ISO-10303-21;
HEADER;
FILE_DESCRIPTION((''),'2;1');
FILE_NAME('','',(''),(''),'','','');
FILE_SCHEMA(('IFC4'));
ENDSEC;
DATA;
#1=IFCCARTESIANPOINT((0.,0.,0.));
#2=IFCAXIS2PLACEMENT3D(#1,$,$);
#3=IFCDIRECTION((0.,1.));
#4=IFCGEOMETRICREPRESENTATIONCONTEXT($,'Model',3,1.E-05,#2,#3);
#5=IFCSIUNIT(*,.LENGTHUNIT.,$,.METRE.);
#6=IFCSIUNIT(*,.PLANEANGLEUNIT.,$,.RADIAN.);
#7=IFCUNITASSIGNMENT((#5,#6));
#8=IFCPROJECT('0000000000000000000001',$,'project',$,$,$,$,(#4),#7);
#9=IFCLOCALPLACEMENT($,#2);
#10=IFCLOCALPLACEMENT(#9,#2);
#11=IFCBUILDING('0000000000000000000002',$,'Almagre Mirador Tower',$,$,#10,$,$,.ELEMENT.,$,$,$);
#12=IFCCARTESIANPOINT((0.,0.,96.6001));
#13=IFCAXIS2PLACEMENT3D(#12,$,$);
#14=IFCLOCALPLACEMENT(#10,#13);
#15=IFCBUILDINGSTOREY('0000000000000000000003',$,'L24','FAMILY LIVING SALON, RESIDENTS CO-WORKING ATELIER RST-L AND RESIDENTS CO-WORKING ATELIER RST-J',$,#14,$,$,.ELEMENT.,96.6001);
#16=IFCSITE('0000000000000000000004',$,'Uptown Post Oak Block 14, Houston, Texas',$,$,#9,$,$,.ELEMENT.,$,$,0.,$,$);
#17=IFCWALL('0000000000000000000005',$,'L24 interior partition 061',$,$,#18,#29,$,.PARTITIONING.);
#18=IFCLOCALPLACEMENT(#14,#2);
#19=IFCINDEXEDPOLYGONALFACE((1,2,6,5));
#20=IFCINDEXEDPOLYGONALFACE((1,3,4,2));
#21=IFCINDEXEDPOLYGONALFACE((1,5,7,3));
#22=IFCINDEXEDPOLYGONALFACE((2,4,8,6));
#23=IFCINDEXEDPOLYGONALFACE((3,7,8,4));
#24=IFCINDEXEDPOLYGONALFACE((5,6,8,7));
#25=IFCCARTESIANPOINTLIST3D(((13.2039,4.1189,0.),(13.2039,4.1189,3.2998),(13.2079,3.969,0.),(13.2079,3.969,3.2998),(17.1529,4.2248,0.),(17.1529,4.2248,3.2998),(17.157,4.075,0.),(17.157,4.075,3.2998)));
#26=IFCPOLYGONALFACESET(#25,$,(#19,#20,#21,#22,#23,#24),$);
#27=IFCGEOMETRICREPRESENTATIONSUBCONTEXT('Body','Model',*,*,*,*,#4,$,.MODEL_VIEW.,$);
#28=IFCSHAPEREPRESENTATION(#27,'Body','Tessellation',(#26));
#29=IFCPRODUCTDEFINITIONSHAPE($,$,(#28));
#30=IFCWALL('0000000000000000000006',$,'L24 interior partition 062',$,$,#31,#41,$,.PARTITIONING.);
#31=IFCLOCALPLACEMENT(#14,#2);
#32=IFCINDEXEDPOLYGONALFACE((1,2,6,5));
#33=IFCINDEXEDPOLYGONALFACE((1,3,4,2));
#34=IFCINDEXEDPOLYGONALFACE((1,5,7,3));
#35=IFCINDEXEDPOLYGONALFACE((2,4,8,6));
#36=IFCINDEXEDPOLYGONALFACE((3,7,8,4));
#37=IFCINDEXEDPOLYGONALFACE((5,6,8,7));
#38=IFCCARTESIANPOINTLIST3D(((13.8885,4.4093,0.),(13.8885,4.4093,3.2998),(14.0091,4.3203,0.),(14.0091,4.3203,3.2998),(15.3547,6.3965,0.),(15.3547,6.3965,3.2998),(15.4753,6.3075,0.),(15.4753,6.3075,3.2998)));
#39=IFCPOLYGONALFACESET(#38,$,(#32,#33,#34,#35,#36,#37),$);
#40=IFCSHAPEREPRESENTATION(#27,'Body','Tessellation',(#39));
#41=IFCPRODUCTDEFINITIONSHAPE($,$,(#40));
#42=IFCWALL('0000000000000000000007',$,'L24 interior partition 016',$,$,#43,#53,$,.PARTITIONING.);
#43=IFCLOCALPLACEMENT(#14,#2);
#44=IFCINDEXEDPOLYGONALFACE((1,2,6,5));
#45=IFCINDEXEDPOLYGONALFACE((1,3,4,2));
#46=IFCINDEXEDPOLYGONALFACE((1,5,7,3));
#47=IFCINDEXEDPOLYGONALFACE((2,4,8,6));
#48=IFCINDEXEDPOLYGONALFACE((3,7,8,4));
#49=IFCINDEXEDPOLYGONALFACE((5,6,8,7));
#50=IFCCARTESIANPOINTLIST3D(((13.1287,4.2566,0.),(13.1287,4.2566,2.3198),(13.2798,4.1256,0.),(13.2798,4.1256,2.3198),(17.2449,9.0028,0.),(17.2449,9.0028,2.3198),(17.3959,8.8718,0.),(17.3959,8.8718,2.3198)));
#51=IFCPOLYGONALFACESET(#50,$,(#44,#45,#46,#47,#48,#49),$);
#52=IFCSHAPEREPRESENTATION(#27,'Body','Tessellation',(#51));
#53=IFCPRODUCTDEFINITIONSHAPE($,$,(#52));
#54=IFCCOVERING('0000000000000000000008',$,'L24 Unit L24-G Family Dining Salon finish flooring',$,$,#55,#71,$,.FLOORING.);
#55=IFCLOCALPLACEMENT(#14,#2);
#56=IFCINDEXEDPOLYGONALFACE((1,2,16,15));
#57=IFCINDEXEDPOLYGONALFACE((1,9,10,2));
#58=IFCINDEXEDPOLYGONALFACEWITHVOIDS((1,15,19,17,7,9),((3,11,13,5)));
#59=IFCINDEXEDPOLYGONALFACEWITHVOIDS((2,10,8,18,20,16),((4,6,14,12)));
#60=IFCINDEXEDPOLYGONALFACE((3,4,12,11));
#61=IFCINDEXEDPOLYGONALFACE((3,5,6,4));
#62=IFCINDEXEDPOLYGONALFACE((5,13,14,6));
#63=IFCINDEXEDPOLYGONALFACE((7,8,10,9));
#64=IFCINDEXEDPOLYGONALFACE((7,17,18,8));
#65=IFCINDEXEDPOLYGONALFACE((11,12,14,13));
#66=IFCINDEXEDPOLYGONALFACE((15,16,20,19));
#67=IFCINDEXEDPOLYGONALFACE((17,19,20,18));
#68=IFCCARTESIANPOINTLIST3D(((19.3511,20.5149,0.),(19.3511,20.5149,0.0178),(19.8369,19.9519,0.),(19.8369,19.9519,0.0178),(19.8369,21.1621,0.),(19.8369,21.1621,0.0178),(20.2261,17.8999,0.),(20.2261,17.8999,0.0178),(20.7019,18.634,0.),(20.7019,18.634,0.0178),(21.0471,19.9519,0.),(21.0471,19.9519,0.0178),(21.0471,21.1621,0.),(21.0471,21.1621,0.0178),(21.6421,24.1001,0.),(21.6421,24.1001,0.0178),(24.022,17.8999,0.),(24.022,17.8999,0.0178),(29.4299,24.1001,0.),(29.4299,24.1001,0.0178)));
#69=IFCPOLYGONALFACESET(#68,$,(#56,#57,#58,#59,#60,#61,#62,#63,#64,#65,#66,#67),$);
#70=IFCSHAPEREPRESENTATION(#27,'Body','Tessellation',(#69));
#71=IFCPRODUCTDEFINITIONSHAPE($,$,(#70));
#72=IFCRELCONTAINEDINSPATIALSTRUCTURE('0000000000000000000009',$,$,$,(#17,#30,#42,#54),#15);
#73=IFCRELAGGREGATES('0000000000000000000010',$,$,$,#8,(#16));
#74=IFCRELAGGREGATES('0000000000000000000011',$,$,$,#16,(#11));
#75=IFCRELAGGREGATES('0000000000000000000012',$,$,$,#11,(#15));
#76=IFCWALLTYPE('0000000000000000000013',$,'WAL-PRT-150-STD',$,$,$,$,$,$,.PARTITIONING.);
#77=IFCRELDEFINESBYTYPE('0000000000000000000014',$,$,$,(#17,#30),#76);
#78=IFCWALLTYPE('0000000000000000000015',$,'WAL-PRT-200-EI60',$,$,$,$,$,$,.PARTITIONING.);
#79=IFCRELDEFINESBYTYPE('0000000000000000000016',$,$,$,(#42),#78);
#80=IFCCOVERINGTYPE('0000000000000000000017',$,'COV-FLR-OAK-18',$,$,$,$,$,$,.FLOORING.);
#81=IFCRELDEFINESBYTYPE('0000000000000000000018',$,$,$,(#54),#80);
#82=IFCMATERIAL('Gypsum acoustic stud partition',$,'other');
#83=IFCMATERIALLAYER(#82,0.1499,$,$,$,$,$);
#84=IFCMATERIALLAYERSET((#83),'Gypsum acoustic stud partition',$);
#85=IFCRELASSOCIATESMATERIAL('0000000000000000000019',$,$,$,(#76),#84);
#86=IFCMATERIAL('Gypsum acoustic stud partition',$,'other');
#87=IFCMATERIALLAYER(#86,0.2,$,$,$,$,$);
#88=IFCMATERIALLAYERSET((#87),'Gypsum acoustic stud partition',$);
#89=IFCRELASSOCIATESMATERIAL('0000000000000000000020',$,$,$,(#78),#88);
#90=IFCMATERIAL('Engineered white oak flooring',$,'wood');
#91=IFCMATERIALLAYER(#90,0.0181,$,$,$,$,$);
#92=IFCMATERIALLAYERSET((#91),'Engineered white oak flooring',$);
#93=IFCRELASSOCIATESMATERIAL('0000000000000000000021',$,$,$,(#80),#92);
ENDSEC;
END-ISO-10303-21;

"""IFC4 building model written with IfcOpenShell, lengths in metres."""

from ifc_helpers import new_model, si_unit, direction, frame, frame_2d, origin, place, context, subcontext, project, spatial, polyline, rectangle, outline, extrude, material, layer, layer_set, type_object, element, save


model = new_model("IFC4")

# Units and contexts
model_context = context("Model", 3, precision=1e-05, world=origin(), true_north=direction((0.0, 1.0)))
body_context = subcontext(model_context, "Body", "Model", "MODEL_VIEW")
ifc_project = project(units=[si_unit("LENGTHUNIT", "METRE"), si_unit("PLANEANGLEUNIT", "RADIAN")], contexts=[model_context])

# Site, building, storey
site_placement = place(None, origin())
site = spatial("IfcSite", under=ifc_project, at=site_placement, Name="Uptown Post Oak Block 14, Houston, Texas", CompositionType="ELEMENT", RefElevation=0.0)
building_placement = place(site_placement, origin())
building = spatial("IfcBuilding", under=site, at=building_placement, Name="Almagre Mirador Tower", CompositionType="ELEMENT")
storey_placement = place(building_placement, frame((0.0, 0.0, 96.6001)))
storey = spatial("IfcBuildingStorey", under=building, at=storey_placement, Name="L24", Description="FAMILY LIVING SALON, RESIDENTS CO-WORKING ATELIER RST-L AND RESIDENTS CO-WORKING ATELIER RST-J", CompositionType="ELEMENT", Elevation=96.6001)

# Walls
ifc_material_1 = material(Name="Gypsum acoustic stud partition", Category="other")
ifc_layer_1 = layer(ifc_material_1, 0.1499)
ifc_layer_set_1 = layer_set([ifc_layer_1], Name="Gypsum acoustic stud partition")
wall_type_1 = type_object("IfcWallType", Name="WAL-PRT-150-STD", PredefinedType="PARTITIONING", material=ifc_layer_set_1)
wall_1_placement = place(storey_placement, frame((13.2061, 4.0439, 0.0), z_axis=(0.0, 0.0, 1.0), x_axis=(0.99964, 0.026822, 0.0)))
element("IfcWall", 1, at=wall_1_placement, inside=storey, type_object=wall_type_1, Name="L24 interior partition 061", PredefinedType="PARTITIONING", context=body_context, shape_type="SweptSolid", body=[
    extrude(rectangle(XDim=3.9504, YDim=0.1499, at=frame_2d((1.9751, 0.0))), origin(), (0.0, 0.0, 1.0), 3.2998),
])
wall_2_placement = place(storey_placement, frame((15.415, 6.3521, 0.0), z_axis=(0.0, 0.0, 1.0), x_axis=(-0.593701, -0.804685, 0.0)))
element("IfcWall", 2, at=wall_2_placement, inside=storey, type_object=wall_type_1, Name="L24 interior partition 062", PredefinedType="PARTITIONING", context=body_context, shape_type="SweptSolid", body=[
    extrude(rectangle(XDim=2.4695, YDim=0.1499, at=frame_2d((1.2349, 0.0))), origin(), (0.0, 0.0, 1.0), 3.2998),
])
ifc_material_2 = material(Name="Gypsum acoustic stud partition", Category="other")
ifc_layer_2 = layer(ifc_material_2, 0.2)
ifc_layer_set_2 = layer_set([ifc_layer_2], Name="Gypsum acoustic stud partition")
wall_type_2 = type_object("IfcWallType", Name="WAL-PRT-200-EI60", PredefinedType="PARTITIONING", material=ifc_layer_set_2)
wall_3_placement = place(storey_placement, frame((17.3203, 8.9373, 0.0), z_axis=(0.0, 0.0, 1.0), x_axis=(-0.655178, -0.755475, 0.0)))
element("IfcWall", 3, at=wall_3_placement, inside=storey, type_object=wall_type_2, Name="L24 interior partition 016", PredefinedType="PARTITIONING", context=body_context, shape_type="SweptSolid", body=[
    extrude(rectangle(XDim=6.2825, YDim=0.2, at=frame_2d((3.1411, 0.0))), origin(), (0.0, 0.0, 1.0), 2.3198),
])

# Covering
ifc_material_3 = material(Name="Engineered white oak flooring", Category="wood")
ifc_layer_3 = layer(ifc_material_3, 0.0181)
ifc_layer_set_3 = layer_set([ifc_layer_3], Name="Engineered white oak flooring")
covering_type = type_object("IfcCoveringType", Name="COV-FLR-OAK-18", PredefinedType="FLOORING", material=ifc_layer_set_3)
covering_placement = place(storey_placement, origin())
element("IfcCovering", 4, at=covering_placement, inside=storey, type_object=covering_type, Name="L24 Unit L24-G Family Dining Salon finish flooring", PredefinedType="FLOORING", context=body_context, shape_type="SweptSolid", body=[
    extrude(outline(polyline([(19.3511, 20.5149), (21.6421, 24.1001), (29.4299, 24.1001), (24.022, 17.8999), (20.2261, 17.8999), (20.7019, 18.634), (19.3511, 20.5149)]), holes=[polyline([(19.8369, 19.9519), (19.8369, 21.1621), (21.0471, 21.1621), (21.0471, 19.9519), (19.8369, 19.9519)])]), origin(), (0.0, 0.0, 1.0), 0.0178),
])

save(model, "model.ifc")
